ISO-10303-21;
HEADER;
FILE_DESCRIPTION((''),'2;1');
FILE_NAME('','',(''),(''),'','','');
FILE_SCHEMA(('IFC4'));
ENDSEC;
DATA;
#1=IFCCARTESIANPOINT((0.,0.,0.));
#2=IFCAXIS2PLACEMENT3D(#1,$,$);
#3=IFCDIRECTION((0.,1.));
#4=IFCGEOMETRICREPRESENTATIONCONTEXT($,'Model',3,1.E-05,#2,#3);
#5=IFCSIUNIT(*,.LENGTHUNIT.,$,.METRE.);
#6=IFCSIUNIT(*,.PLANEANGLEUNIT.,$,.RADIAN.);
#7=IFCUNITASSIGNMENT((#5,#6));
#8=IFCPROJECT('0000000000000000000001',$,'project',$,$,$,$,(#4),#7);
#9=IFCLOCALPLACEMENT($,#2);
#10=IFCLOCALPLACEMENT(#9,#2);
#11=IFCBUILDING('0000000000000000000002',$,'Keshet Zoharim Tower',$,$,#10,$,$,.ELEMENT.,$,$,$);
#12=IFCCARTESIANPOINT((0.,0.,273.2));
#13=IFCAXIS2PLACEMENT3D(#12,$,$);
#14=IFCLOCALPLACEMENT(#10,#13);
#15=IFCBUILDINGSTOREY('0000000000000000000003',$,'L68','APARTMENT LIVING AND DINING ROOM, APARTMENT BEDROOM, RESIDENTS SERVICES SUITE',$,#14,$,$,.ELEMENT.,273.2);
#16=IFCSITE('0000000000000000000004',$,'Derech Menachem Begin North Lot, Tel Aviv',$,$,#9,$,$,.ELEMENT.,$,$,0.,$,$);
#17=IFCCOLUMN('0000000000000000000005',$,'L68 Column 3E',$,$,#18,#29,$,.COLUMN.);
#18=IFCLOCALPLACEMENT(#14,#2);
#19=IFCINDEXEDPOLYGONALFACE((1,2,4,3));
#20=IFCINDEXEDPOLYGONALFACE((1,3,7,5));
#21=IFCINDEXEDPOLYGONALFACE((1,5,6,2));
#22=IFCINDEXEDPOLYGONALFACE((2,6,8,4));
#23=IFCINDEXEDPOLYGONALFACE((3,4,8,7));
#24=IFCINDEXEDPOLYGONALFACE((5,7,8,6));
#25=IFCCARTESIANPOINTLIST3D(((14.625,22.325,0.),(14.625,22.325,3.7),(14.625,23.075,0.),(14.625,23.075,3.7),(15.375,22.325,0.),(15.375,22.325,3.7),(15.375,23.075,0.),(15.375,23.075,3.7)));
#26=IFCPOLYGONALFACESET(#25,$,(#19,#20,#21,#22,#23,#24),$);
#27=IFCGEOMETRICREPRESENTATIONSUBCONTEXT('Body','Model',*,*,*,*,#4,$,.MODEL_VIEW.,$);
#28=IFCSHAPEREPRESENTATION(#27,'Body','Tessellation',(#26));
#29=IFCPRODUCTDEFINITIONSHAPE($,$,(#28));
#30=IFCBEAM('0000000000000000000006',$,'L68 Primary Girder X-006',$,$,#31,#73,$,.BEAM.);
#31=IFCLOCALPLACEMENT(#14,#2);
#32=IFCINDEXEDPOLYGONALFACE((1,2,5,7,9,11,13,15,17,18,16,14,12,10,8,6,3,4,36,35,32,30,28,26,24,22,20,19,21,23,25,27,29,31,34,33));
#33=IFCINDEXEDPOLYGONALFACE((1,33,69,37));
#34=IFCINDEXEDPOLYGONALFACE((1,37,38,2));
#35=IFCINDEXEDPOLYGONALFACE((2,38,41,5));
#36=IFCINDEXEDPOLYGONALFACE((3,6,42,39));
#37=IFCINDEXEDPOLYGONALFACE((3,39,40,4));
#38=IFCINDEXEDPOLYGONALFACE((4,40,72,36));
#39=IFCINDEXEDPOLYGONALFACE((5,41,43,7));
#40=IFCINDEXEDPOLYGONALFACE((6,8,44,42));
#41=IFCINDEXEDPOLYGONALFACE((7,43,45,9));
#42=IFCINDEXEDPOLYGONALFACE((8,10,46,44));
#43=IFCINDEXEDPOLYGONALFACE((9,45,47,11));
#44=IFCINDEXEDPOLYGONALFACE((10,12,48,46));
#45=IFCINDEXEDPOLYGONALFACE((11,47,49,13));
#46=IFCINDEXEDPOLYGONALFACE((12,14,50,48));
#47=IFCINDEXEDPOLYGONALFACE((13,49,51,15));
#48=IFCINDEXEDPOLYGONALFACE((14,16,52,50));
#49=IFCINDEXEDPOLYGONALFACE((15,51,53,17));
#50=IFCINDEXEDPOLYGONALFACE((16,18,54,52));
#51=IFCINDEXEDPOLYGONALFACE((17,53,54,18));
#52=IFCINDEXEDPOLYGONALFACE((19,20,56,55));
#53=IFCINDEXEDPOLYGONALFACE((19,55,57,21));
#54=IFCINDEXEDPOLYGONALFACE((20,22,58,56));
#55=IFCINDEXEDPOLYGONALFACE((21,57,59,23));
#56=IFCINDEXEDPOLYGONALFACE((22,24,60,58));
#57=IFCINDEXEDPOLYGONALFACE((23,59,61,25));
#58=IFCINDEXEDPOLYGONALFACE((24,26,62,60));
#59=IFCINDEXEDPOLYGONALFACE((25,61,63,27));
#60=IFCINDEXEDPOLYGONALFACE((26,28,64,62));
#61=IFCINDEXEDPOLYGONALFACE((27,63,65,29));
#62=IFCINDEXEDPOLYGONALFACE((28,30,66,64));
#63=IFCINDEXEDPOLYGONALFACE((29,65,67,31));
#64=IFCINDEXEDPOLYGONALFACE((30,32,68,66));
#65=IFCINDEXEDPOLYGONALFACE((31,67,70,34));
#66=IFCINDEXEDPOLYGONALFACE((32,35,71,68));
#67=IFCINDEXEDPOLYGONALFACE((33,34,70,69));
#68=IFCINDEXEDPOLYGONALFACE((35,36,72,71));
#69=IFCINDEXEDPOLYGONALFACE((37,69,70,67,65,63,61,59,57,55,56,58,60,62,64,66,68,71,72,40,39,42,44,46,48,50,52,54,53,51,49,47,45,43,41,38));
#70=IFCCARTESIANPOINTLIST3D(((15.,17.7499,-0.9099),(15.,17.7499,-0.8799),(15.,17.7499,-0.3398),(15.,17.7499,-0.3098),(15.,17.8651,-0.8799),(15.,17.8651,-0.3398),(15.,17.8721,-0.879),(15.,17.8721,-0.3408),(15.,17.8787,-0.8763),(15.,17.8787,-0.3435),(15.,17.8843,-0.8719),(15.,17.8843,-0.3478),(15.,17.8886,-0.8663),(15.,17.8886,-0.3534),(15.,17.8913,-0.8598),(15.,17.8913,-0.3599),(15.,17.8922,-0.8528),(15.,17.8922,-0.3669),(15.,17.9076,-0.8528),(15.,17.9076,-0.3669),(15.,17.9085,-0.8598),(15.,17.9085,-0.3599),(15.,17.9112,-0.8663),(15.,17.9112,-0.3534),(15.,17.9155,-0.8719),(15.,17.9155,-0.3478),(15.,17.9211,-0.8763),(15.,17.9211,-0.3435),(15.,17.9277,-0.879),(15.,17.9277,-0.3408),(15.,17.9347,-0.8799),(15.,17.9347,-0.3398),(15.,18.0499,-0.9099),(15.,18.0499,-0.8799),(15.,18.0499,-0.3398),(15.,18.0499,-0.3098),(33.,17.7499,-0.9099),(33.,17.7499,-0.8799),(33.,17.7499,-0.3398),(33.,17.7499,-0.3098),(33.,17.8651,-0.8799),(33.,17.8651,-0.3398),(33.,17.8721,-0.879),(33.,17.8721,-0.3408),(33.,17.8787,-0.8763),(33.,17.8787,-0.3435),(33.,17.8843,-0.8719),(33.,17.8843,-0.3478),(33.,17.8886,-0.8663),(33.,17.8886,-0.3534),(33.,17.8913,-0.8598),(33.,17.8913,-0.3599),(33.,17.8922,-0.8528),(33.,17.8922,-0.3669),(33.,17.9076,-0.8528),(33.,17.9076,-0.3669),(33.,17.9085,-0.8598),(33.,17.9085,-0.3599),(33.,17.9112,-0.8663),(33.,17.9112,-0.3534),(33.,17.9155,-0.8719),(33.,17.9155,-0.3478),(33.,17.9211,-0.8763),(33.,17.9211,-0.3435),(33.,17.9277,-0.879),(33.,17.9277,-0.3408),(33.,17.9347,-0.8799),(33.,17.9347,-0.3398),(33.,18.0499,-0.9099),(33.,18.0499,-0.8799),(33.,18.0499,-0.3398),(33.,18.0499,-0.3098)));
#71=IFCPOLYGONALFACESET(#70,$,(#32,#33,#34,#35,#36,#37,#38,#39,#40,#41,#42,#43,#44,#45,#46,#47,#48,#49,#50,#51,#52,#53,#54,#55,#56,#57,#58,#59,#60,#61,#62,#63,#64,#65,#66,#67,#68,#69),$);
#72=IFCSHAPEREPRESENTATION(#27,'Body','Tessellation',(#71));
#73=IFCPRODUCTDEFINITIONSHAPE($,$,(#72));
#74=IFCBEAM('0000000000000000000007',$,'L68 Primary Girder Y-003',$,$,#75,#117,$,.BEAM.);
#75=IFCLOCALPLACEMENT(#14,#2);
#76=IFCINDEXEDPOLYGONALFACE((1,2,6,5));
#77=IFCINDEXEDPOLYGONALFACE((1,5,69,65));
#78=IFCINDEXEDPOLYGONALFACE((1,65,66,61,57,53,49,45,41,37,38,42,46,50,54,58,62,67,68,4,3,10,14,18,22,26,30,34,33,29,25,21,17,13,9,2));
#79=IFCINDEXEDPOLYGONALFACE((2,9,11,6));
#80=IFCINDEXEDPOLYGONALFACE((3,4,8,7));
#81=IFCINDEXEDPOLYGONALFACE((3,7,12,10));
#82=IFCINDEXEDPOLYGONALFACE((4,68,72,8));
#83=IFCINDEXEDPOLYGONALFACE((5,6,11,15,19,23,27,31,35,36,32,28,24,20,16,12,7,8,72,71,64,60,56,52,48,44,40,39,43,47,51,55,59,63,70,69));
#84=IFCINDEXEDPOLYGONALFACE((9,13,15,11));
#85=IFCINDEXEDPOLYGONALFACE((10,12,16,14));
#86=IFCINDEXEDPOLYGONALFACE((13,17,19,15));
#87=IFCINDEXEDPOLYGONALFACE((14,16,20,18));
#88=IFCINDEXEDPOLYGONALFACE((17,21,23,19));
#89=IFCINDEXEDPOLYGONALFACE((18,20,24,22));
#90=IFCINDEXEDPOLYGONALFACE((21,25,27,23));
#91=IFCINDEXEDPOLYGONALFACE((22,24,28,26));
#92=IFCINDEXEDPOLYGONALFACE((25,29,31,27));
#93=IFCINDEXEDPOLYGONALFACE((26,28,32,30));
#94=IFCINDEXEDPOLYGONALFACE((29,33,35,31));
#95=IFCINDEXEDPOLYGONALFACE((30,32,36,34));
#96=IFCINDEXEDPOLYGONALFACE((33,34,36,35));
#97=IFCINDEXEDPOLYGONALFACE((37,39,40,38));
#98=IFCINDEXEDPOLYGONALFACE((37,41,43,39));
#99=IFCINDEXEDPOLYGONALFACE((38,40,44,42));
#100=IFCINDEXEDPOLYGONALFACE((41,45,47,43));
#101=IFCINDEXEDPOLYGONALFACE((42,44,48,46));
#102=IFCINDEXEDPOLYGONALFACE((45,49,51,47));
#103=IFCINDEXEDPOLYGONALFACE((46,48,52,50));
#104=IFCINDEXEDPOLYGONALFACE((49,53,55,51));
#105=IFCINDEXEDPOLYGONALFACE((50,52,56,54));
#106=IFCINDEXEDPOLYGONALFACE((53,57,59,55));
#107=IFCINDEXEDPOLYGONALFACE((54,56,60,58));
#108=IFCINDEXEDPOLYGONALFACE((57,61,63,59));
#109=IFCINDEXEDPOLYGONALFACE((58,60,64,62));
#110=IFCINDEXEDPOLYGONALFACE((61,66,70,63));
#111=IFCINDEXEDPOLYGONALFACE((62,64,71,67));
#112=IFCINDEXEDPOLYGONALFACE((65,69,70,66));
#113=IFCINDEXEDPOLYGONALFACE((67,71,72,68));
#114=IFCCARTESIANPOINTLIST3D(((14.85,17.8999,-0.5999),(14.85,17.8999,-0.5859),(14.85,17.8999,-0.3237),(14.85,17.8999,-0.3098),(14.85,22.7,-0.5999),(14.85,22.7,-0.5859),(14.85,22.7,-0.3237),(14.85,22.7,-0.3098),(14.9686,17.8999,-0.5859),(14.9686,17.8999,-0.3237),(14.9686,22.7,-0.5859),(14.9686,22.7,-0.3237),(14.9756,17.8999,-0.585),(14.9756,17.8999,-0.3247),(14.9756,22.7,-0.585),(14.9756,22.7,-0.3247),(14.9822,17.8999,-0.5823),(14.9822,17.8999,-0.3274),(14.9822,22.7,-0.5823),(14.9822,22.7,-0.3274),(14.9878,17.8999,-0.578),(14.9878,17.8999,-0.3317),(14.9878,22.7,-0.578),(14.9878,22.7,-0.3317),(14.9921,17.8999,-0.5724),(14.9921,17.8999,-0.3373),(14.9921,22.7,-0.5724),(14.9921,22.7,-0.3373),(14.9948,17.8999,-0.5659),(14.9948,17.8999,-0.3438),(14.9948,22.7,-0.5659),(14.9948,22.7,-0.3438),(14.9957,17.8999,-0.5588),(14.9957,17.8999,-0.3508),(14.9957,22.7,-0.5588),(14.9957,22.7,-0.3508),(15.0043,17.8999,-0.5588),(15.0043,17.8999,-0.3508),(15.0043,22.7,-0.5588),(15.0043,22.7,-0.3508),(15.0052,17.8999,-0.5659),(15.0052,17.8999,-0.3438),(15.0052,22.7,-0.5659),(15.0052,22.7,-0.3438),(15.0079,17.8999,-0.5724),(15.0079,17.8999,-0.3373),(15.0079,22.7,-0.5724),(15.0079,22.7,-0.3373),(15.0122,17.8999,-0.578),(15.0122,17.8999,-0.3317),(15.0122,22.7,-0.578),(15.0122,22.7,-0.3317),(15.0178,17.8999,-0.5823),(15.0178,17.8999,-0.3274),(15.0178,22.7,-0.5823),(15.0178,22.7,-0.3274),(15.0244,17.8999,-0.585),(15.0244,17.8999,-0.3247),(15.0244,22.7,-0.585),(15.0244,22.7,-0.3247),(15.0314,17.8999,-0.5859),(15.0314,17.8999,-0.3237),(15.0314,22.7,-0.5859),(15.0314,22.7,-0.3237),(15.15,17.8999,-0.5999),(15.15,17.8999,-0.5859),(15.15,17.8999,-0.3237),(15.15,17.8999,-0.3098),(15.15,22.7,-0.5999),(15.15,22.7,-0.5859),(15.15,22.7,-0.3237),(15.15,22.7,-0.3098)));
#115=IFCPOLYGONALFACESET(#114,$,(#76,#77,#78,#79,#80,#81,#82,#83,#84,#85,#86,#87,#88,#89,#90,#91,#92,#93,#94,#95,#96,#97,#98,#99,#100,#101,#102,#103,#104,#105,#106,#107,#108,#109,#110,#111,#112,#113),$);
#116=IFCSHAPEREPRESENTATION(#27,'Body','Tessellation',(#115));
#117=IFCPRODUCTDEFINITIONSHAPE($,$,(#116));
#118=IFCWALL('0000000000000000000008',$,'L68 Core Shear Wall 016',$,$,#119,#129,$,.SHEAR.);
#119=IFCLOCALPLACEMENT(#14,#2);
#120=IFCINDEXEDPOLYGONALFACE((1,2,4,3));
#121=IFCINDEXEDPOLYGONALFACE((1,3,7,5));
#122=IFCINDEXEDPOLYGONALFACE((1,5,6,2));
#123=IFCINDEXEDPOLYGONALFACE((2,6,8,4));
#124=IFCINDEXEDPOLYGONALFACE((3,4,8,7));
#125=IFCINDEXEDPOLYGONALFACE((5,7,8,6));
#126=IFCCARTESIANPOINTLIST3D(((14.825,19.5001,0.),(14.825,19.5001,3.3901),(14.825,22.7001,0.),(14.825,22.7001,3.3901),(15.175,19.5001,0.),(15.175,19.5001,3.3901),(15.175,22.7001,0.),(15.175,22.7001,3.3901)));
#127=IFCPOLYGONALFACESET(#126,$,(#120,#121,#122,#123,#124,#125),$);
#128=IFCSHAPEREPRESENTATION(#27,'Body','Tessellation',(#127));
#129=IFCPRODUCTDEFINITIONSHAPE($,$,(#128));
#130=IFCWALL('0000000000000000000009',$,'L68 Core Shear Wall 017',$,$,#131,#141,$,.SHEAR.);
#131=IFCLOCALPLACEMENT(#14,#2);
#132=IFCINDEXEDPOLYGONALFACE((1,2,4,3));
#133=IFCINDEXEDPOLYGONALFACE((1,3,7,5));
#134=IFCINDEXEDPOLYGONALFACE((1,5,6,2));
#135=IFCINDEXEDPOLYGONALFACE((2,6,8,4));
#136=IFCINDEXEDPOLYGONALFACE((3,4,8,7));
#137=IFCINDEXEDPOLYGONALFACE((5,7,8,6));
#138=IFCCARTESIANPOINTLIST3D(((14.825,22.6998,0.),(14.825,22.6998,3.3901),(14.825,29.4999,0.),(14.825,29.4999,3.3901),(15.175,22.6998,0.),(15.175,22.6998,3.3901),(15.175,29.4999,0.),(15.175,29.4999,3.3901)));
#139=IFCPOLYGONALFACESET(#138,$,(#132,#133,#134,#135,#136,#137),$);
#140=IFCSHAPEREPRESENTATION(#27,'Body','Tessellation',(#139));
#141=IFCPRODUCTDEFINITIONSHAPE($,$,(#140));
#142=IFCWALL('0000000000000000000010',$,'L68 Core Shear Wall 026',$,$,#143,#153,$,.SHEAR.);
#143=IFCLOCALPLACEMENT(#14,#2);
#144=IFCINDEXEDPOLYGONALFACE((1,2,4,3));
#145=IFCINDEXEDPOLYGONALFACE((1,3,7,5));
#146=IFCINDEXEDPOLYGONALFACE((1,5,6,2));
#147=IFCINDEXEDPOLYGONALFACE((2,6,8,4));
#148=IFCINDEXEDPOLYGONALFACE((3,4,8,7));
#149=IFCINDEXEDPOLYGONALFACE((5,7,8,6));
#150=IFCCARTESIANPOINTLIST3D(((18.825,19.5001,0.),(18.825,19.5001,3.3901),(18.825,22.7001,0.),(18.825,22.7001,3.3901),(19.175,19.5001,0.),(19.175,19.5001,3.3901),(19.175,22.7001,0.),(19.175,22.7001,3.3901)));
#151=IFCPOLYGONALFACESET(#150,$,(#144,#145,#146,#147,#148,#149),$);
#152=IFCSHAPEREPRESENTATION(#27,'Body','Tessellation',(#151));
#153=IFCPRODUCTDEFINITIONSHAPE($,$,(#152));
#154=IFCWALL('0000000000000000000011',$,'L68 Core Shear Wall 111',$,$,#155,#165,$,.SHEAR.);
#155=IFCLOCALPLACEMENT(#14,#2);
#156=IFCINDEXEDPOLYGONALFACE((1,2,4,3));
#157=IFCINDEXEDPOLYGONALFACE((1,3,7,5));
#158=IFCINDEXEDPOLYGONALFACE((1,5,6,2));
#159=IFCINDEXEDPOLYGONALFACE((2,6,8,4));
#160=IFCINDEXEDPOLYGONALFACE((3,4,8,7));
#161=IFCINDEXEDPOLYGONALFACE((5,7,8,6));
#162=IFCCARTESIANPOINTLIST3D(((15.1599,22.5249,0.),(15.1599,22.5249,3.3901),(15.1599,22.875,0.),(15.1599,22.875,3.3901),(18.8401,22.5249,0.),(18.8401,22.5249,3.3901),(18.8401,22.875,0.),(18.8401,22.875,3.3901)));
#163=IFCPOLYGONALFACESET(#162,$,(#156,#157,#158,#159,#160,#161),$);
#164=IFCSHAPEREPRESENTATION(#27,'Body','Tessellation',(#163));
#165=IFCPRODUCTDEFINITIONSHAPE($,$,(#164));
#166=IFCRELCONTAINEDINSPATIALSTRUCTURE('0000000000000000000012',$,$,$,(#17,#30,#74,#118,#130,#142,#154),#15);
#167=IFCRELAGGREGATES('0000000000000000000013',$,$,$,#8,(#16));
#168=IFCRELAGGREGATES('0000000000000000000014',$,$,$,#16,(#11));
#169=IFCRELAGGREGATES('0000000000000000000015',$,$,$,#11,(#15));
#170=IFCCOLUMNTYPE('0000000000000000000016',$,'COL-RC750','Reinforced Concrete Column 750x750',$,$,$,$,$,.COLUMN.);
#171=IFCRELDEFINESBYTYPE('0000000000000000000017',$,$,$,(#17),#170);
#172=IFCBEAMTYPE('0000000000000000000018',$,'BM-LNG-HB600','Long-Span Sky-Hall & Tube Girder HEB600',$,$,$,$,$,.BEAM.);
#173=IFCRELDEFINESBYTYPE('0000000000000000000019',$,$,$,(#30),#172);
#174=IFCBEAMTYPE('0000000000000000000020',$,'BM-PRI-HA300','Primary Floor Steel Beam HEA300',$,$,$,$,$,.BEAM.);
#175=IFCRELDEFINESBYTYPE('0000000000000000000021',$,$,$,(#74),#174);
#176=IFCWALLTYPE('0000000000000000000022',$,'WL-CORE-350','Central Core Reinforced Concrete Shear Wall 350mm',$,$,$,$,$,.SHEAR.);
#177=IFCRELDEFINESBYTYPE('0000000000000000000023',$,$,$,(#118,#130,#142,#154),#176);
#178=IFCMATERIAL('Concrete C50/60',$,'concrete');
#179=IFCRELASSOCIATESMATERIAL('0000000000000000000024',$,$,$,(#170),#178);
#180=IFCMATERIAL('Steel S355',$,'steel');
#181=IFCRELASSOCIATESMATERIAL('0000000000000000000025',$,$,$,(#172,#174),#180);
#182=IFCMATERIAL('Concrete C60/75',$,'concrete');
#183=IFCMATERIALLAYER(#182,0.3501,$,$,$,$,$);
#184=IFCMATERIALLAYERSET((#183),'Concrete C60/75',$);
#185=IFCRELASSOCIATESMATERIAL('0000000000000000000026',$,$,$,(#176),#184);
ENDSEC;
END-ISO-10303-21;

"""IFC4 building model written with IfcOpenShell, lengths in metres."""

from ifc_helpers import new_model, si_unit, direction, frame, frame_2d, origin, origin_2d, place, context, subcontext, project, spatial, rectangle, i_section, extrude, material, layer, layer_set, material_profile, profile_set, type_object, element, save


model = new_model("IFC4")

# Units and contexts
model_context = context("Model", 3, precision=1e-05, world=origin(), true_north=direction((0.0, 1.0)))
body_context = subcontext(model_context, "Body", "Model", "MODEL_VIEW")
ifc_project = project(units=[si_unit("LENGTHUNIT", "METRE"), si_unit("PLANEANGLEUNIT", "RADIAN")], contexts=[model_context])

# Site, building, storey
site_placement = place(None, origin())
site = spatial("IfcSite", under=ifc_project, at=site_placement, Name="Derech Menachem Begin North Lot, Tel Aviv", CompositionType="ELEMENT", RefElevation=0.0)
building_placement = place(site_placement, origin())
building = spatial("IfcBuilding", under=site, at=building_placement, Name="Keshet Zoharim Tower", CompositionType="ELEMENT")
storey_placement = place(building_placement, frame((0.0, 0.0, 273.2)))
storey = spatial("IfcBuildingStorey", under=building, at=storey_placement, Name="L68", Description="APARTMENT LIVING AND DINING ROOM, APARTMENT BEDROOM, RESIDENTS SERVICES SUITE", CompositionType="ELEMENT", Elevation=273.2)

# Column
ifc_material_1 = material(Name="Concrete C50/60", Category="concrete")
ifc_material_profile_1 = material_profile(ifc_material_1, rectangle(XDim=0.75, YDim=0.75, at=origin_2d()), Name="RC750x750")
ifc_profile_set_1 = profile_set([ifc_material_profile_1], Name="Concrete C50/60")
column_type = type_object("IfcColumnType", Name="COL-RC750", Description="Reinforced Concrete Column 750x750", PredefinedType="COLUMN", material=ifc_profile_set_1)
column_placement = place(storey_placement, frame((15.0, 22.7, 0.0), z_axis=(0.0, 0.0, 1.0), x_axis=(1.0, 0.0, 0.0)))
element("IfcColumn", 1, at=column_placement, inside=storey, type_object=column_type, Name="L68 Column 3E", PredefinedType="COLUMN", context=body_context, shape_type="SweptSolid", body=[
    extrude(rectangle(XDim=0.75, YDim=0.75, at=origin_2d()), origin(), (0.0, 0.0, 1.0), 3.7),
])

# Beams
ifc_material_2 = material(Name="Steel S355", Category="steel")
ifc_material_profile_2 = material_profile(ifc_material_2, i_section(OverallWidth=0.3, OverallDepth=0.6001, WebThickness=0.0154, FlangeThickness=0.03, FilletRadius=0.0271, at=origin_2d()), Name="HEB600")
ifc_profile_set_2 = profile_set([ifc_material_profile_2], Name="Steel S355")
beam_type_1 = type_object("IfcBeamType", Name="BM-LNG-HB600", Description="Long-Span Sky-Hall & Tube Girder HEB600", PredefinedType="BEAM", material=ifc_profile_set_2)
beam_1_placement = place(storey_placement, frame((15.0, 17.8999, -0.6099), z_axis=(1.0, 0.0, 0.0), x_axis=(0.0, 1.0, 0.0)))
element("IfcBeam", 2, at=beam_1_placement, inside=storey, type_object=beam_type_1, Name="L68 Primary Girder X-006", PredefinedType="BEAM", context=body_context, shape_type="SweptSolid", body=[
    extrude(i_section(OverallWidth=0.3, OverallDepth=0.6001, WebThickness=0.0154, FlangeThickness=0.03, FilletRadius=0.0271, at=origin_2d()), origin(), (0.0, 0.0, 1.0), 18.0),
])
ifc_material_profile_3 = material_profile(ifc_material_2, i_section(OverallWidth=0.3, OverallDepth=0.29, WebThickness=0.0085, FlangeThickness=0.0139, FilletRadius=0.0271, at=origin_2d()), Name="HEA300")
ifc_profile_set_3 = profile_set([ifc_material_profile_3], Name="Steel S355")
beam_type_2 = type_object("IfcBeamType", Name="BM-PRI-HA300", Description="Primary Floor Steel Beam HEA300", PredefinedType="BEAM", material=ifc_profile_set_3)
beam_2_placement = place(storey_placement, frame((15.0, 17.8999, -0.4548), z_axis=(0.0, 1.0, 0.0), x_axis=(-1.0, 0.0, 0.0)))
element("IfcBeam", 3, at=beam_2_placement, inside=storey, type_object=beam_type_2, Name="L68 Primary Girder Y-003", PredefinedType="BEAM", context=body_context, shape_type="SweptSolid", body=[
    extrude(i_section(OverallWidth=0.3, OverallDepth=0.29, WebThickness=0.0085, FlangeThickness=0.0139, FilletRadius=0.0271, at=origin_2d()), origin(), (0.0, 0.0, 1.0), 4.8),
])

# Walls
ifc_material_3 = material(Name="Concrete C60/75", Category="concrete")
ifc_layer_1 = layer(ifc_material_3, 0.3501)
ifc_layer_set_1 = layer_set([ifc_layer_1], Name="Concrete C60/75")
wall_type_1 = type_object("IfcWallType", Name="WL-CORE-350", Description="Central Core Reinforced Concrete Shear Wall 350mm", PredefinedType="SHEAR", material=ifc_layer_set_1)
wall_1_placement = place(storey_placement, frame((15.0, 19.5, 0.0), z_axis=(0.0, 0.0, 1.0), x_axis=(0.0, 1.0, 0.0)))
element("IfcWall", 4, at=wall_1_placement, inside=storey, type_object=wall_type_1, Name="L68 Core Shear Wall 016", PredefinedType="SHEAR", context=body_context, shape_type="SweptSolid", body=[
    extrude(rectangle(XDim=3.2, YDim=0.3501, at=frame_2d((1.6001, 0.0))), origin(), (0.0, 0.0, 1.0), 3.3901),
])
wall_2_placement = place(storey_placement, frame((15.0, 22.7, 0.0), z_axis=(0.0, 0.0, 1.0), x_axis=(0.0, 1.0, 0.0)))
element("IfcWall", 5, at=wall_2_placement, inside=storey, type_object=wall_type_1, Name="L68 Core Shear Wall 017", PredefinedType="SHEAR", context=body_context, shape_type="SweptSolid", body=[
    extrude(rectangle(XDim=6.8, YDim=0.3501, at=frame_2d((3.3999, 0.0))), origin(), (0.0, 0.0, 1.0), 3.3901),
])
wall_3_placement = place(storey_placement, frame((19.0, 19.5, 0.0), z_axis=(0.0, 0.0, 1.0), x_axis=(0.0, 1.0, 0.0)))
element("IfcWall", 6, at=wall_3_placement, inside=storey, type_object=wall_type_1, Name="L68 Core Shear Wall 026", PredefinedType="SHEAR", context=body_context, shape_type="SweptSolid", body=[
    extrude(rectangle(XDim=3.2, YDim=0.3501, at=frame_2d((1.6001, 0.0))), origin(), (0.0, 0.0, 1.0), 3.3901),
])

# Wall
wall_4_placement = place(storey_placement, frame((15.1599, 22.7, 0.0), z_axis=(0.0, 0.0, 1.0), x_axis=(1.0, 0.0, 0.0)))
element("IfcWall", 7, at=wall_4_placement, inside=storey, type_object=wall_type_1, Name="L68 Core Shear Wall 111", PredefinedType="SHEAR", context=body_context, shape_type="SweptSolid", body=[
    extrude(rectangle(XDim=3.6802, YDim=0.3501, at=frame_2d((1.8401, 0.0))), origin(), (0.0, 0.0, 1.0), 3.3901),
])

save(model, "model.ifc")
